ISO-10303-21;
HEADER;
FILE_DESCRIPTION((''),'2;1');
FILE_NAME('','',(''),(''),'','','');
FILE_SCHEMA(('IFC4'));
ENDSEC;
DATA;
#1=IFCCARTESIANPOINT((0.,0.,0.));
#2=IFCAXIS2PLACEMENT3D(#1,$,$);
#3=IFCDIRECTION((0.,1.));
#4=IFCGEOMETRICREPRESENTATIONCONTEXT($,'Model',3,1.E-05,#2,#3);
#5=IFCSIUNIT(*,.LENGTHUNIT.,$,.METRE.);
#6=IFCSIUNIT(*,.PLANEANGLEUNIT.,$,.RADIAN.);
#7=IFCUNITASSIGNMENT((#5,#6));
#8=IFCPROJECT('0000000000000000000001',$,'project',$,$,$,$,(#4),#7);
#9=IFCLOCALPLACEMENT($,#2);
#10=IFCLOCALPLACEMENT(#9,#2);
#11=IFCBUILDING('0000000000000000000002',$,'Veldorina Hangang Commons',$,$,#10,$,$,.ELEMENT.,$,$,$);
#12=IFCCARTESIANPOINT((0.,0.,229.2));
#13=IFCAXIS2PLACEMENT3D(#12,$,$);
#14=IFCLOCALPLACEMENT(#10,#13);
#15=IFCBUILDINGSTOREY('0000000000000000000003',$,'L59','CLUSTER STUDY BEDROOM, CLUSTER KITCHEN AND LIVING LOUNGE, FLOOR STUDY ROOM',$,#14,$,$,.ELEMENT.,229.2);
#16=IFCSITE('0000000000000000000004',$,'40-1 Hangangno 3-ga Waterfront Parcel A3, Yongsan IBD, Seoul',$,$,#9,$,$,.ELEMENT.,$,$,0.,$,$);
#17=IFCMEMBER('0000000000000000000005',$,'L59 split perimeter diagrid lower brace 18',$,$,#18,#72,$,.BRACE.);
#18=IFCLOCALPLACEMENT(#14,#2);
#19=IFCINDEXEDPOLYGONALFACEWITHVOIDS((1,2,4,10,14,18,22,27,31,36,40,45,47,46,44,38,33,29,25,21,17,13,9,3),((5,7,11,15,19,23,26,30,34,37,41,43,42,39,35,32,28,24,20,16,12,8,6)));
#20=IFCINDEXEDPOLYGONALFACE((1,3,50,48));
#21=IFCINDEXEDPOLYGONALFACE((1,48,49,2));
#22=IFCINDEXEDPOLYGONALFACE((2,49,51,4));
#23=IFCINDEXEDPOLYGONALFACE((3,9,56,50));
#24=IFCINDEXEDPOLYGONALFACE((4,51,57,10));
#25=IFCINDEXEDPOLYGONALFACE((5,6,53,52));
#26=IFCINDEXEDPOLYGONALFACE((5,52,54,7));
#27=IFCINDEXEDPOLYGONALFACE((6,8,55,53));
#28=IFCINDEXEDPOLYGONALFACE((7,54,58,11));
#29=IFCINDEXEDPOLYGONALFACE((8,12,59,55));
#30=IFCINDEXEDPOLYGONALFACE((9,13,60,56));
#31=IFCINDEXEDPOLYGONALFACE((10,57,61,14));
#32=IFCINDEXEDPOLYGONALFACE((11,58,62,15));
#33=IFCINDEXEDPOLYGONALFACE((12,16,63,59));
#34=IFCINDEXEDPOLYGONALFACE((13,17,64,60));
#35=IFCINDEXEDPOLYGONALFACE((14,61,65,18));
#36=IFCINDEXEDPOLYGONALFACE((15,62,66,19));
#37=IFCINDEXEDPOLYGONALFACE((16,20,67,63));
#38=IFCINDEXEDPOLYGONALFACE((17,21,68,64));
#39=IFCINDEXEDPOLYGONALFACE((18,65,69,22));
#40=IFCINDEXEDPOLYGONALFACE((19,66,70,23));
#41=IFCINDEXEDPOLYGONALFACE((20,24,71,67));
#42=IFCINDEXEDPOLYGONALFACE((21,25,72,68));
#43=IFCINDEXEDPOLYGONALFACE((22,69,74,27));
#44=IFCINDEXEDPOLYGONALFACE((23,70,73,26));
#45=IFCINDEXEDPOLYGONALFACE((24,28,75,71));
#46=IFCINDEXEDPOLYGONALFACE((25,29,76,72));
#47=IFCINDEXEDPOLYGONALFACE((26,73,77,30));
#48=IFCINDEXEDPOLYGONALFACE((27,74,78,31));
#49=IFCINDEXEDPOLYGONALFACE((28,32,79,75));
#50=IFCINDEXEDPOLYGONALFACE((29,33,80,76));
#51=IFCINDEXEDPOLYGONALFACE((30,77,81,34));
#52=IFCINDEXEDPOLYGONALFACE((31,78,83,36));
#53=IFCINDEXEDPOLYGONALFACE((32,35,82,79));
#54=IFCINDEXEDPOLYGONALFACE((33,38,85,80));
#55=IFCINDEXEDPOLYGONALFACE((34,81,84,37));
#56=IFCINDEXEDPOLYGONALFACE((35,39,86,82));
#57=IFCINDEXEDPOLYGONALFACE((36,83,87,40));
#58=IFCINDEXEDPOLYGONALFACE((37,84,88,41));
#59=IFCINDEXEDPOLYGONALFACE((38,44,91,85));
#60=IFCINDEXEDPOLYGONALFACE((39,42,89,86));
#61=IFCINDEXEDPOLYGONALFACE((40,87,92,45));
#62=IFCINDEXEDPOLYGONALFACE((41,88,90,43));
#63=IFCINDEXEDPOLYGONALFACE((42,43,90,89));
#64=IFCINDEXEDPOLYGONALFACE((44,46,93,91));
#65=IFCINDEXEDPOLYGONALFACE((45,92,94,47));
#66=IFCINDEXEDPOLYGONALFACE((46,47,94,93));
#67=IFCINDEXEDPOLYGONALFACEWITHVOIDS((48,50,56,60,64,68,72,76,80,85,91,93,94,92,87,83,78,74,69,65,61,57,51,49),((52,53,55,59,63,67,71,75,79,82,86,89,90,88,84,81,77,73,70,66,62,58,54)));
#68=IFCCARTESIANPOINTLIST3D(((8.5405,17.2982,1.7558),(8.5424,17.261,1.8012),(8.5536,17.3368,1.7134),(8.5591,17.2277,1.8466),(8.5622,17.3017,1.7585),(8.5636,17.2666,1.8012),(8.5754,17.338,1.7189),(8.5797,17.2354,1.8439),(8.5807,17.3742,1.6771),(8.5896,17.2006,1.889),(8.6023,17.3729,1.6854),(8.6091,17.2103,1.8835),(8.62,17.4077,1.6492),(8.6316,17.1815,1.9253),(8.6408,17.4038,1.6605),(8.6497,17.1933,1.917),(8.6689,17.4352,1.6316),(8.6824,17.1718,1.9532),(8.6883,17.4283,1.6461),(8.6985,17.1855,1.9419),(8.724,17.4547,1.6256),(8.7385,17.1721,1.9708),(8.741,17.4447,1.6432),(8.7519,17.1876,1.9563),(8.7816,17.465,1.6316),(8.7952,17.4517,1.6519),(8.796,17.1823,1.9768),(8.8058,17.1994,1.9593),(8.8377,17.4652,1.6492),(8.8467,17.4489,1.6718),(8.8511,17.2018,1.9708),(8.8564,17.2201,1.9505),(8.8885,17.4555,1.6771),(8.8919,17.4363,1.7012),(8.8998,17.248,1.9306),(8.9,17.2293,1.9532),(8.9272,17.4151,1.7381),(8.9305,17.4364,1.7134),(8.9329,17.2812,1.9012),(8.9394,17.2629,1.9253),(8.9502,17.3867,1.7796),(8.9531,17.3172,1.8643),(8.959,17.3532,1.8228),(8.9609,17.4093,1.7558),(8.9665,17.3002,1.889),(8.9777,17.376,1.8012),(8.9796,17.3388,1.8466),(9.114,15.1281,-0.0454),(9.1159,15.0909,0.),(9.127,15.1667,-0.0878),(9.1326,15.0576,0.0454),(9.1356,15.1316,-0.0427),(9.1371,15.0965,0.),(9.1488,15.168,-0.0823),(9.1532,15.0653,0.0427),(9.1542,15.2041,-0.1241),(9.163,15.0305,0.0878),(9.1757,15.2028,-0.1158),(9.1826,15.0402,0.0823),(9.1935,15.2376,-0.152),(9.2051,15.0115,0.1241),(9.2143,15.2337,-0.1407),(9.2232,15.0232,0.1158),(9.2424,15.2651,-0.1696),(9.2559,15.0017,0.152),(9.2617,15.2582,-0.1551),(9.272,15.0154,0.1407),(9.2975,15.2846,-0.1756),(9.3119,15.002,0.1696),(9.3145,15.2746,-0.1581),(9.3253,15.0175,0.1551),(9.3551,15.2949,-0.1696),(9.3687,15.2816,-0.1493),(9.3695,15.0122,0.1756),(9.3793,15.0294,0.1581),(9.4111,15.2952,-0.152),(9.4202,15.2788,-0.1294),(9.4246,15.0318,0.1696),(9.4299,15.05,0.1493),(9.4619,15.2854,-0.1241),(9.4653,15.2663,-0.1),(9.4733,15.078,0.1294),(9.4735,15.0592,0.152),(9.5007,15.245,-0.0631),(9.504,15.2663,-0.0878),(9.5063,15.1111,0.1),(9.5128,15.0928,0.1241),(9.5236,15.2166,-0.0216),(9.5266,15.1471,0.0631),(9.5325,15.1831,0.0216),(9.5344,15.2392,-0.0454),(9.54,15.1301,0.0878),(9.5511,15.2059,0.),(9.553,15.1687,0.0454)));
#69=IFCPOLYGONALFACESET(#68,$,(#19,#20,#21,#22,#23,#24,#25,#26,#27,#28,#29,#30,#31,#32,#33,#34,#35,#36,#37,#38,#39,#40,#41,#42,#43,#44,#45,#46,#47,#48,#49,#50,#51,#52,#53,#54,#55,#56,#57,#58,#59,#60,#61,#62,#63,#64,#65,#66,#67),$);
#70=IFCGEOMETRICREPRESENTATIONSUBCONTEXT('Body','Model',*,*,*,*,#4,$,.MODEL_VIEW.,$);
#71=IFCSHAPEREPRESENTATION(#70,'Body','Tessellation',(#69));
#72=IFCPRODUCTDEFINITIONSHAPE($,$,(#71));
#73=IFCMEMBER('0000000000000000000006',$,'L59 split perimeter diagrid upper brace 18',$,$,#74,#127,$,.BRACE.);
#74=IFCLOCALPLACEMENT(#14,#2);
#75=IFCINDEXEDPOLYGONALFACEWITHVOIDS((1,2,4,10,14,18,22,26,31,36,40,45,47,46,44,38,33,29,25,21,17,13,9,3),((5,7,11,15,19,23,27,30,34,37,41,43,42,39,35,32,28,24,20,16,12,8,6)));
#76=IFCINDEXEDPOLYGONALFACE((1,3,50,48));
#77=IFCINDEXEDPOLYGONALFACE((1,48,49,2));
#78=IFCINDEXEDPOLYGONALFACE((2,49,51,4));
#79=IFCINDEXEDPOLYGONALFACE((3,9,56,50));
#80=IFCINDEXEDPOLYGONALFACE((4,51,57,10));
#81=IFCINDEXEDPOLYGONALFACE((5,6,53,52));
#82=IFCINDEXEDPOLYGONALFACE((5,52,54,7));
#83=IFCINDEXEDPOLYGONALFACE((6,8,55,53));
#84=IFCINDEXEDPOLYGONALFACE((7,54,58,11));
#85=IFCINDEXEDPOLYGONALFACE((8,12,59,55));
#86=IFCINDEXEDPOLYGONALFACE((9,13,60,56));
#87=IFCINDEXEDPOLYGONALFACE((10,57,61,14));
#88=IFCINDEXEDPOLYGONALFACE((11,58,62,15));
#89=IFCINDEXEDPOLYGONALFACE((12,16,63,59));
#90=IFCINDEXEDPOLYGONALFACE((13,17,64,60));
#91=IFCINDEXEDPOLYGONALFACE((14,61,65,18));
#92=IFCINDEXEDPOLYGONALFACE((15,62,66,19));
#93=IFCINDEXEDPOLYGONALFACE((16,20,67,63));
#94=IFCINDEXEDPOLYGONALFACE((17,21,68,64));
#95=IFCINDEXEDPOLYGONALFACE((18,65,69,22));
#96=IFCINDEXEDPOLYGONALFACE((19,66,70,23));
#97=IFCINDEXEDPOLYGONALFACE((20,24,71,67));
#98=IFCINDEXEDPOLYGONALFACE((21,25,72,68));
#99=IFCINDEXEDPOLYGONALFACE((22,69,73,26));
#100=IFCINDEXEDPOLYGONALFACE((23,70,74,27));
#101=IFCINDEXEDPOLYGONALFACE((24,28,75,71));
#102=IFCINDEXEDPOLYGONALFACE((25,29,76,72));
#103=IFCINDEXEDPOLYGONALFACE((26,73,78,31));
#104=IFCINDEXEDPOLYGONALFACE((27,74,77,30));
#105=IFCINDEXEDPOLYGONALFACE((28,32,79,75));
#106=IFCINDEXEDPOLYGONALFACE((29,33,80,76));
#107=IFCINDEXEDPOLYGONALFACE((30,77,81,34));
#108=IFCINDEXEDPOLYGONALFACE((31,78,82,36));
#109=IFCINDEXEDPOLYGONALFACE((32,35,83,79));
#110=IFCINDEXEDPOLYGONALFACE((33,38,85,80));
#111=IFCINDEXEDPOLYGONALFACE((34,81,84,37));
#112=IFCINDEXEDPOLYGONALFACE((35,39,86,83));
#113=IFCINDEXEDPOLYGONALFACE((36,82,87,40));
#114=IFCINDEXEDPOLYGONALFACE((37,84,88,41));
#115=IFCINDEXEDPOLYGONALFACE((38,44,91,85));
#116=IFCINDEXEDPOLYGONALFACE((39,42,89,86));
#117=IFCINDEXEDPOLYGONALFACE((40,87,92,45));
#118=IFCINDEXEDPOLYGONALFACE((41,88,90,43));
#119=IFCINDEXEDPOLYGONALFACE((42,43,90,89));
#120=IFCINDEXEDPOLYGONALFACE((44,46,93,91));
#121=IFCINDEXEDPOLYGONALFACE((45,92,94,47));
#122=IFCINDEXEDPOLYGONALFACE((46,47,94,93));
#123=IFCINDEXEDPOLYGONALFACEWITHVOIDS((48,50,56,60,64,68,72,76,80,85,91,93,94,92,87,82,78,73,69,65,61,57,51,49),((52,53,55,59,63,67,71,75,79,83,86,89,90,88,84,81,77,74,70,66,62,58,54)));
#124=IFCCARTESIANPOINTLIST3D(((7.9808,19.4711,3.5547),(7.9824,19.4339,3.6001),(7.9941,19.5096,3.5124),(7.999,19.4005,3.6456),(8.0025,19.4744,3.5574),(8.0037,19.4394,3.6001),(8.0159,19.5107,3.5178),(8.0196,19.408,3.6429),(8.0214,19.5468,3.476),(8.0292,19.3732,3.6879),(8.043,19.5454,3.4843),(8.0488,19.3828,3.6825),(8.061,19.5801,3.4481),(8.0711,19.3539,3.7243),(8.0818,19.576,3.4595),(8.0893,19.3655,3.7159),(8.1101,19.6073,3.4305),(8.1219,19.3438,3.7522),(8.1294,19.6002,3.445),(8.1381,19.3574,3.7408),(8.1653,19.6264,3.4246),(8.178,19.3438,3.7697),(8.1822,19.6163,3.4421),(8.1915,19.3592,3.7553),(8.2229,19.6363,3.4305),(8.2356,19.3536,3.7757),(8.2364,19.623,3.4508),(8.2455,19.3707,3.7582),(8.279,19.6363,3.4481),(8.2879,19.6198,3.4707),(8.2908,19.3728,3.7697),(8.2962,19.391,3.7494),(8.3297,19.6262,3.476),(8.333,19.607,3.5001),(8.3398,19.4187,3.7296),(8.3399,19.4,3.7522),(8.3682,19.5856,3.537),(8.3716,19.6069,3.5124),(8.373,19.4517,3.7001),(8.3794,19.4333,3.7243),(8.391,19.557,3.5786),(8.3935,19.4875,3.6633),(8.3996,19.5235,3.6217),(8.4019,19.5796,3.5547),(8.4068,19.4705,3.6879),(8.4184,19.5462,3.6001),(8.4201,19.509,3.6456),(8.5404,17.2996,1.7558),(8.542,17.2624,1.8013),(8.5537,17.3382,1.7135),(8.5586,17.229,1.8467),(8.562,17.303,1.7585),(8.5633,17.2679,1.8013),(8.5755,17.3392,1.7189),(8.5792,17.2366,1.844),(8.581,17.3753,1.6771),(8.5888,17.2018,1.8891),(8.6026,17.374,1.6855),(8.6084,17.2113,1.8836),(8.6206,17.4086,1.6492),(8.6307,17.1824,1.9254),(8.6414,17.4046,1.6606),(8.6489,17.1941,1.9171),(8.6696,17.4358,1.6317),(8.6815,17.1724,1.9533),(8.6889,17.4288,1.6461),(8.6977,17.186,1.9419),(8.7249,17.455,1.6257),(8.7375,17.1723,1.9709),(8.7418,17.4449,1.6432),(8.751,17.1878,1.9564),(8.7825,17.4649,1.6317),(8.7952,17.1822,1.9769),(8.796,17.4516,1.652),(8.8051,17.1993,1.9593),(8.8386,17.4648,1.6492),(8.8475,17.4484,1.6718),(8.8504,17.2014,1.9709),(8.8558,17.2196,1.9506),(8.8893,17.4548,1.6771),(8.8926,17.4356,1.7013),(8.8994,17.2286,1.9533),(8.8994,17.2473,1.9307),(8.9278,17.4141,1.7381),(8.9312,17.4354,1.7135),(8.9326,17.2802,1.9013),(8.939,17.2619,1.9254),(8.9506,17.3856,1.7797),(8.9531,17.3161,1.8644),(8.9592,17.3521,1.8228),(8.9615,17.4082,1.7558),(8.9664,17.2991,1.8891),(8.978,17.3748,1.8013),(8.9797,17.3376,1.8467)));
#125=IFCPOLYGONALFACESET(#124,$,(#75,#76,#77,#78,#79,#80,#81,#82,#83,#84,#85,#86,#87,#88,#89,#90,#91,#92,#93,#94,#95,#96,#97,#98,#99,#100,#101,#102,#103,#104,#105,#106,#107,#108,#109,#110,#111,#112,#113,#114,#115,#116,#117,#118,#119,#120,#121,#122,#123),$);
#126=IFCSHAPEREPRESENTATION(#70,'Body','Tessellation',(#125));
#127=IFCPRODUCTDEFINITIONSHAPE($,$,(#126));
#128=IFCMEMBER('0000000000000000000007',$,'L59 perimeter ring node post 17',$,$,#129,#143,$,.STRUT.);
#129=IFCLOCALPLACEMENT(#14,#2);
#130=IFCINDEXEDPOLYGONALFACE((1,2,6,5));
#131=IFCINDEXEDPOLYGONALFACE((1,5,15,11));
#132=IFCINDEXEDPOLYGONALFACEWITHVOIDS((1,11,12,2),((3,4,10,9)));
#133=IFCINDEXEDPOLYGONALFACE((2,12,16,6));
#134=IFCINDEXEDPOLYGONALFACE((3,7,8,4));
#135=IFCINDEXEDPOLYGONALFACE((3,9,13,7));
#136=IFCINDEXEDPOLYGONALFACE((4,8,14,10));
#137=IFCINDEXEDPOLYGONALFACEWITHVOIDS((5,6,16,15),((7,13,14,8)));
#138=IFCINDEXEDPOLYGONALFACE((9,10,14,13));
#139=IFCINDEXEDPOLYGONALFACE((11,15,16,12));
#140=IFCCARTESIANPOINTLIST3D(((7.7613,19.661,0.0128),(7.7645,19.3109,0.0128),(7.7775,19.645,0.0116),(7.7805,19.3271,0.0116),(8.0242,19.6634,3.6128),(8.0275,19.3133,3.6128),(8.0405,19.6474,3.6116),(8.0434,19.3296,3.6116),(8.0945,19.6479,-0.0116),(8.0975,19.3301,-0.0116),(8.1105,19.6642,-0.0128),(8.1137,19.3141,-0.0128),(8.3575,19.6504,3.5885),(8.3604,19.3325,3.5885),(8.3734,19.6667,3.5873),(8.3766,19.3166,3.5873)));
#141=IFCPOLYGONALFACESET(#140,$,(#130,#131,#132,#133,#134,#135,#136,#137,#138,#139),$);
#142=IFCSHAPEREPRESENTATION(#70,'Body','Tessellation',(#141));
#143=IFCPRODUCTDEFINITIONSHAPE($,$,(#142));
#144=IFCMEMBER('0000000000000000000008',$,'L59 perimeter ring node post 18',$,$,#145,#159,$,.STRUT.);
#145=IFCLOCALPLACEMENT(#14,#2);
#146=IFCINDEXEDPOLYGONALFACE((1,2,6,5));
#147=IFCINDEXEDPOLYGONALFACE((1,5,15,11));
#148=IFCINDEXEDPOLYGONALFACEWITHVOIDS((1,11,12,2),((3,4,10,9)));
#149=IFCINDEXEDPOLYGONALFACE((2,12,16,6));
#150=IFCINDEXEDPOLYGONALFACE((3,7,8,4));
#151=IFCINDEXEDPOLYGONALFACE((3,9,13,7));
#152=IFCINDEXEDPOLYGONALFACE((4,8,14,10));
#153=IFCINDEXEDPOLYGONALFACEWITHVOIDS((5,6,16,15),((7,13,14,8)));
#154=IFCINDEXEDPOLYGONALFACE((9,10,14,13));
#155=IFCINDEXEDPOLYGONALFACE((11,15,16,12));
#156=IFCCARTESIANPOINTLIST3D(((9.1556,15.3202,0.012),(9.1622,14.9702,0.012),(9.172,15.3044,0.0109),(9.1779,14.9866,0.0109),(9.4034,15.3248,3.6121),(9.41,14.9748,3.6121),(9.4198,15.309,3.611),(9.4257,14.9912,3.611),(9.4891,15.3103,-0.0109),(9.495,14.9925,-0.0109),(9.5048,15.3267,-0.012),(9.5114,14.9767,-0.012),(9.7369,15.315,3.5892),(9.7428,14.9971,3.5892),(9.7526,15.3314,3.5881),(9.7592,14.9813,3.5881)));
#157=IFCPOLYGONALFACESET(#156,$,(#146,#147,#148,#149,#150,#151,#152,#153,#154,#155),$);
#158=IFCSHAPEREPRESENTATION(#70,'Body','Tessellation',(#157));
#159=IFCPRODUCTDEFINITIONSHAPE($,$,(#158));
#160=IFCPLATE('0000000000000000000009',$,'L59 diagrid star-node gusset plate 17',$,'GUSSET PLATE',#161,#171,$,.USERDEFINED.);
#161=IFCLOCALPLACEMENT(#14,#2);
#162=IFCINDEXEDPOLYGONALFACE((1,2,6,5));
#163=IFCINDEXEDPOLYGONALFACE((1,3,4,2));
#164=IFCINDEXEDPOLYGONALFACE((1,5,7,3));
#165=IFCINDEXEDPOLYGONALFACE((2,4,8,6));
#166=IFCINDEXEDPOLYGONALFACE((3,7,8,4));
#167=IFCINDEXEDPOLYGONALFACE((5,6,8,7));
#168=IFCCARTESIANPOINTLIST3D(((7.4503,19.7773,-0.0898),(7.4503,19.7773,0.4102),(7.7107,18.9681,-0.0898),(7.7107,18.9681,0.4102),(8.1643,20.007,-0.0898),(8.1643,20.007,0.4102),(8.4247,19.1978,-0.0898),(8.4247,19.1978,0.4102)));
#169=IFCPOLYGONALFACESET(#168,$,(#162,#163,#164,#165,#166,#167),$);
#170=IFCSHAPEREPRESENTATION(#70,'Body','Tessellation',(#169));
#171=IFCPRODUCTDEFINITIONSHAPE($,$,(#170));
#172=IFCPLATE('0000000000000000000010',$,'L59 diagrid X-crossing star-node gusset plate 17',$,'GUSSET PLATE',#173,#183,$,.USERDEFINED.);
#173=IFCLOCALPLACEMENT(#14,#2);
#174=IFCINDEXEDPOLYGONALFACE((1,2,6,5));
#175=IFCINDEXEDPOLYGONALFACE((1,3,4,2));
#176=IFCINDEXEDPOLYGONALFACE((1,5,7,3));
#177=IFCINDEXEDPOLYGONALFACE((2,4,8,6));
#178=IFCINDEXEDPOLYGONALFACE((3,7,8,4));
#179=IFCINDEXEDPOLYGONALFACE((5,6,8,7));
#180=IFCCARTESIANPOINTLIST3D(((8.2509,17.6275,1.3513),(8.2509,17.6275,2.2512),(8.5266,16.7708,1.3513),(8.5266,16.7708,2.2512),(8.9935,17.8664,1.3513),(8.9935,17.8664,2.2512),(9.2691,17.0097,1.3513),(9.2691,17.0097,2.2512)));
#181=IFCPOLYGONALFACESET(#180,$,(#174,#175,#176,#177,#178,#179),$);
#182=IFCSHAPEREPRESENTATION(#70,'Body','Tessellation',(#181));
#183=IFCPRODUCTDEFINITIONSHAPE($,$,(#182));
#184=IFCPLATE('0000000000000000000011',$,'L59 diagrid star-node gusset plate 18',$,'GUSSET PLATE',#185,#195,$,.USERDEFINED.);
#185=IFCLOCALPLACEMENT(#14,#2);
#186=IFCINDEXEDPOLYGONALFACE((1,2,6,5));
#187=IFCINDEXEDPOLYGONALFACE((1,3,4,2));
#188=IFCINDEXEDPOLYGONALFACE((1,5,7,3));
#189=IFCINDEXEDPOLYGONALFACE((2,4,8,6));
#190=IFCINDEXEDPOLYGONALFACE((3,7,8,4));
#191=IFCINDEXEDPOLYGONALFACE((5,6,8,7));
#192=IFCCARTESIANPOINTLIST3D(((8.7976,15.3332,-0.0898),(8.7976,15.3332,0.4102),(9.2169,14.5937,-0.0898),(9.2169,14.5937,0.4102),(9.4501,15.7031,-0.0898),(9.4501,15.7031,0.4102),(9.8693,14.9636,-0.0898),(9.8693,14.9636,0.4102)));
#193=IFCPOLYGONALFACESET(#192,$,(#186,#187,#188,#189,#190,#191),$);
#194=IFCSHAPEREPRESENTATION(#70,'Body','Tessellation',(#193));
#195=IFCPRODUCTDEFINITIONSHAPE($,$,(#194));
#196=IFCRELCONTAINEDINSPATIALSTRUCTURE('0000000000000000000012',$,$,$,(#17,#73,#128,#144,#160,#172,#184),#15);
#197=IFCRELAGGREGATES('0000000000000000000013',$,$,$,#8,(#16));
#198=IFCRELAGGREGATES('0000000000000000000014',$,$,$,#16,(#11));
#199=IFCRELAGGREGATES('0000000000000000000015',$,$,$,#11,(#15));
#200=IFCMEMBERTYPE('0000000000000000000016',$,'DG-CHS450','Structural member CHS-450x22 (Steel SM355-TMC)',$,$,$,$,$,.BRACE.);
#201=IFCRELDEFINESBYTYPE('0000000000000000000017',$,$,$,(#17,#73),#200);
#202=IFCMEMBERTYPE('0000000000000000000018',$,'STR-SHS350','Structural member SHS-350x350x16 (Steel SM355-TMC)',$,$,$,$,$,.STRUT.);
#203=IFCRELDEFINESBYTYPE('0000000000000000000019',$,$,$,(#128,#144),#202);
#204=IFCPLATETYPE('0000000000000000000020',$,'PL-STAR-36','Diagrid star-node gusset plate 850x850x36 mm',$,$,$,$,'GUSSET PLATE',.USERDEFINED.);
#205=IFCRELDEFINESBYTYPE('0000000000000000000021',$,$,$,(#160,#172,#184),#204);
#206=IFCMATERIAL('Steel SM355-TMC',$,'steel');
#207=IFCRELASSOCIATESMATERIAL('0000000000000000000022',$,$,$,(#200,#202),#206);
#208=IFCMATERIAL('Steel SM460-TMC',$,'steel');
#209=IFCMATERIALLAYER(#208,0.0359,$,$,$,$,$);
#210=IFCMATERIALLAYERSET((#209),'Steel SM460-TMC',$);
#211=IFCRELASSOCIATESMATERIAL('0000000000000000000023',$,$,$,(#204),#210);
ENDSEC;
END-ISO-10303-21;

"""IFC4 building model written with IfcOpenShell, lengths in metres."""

from ifc_helpers import new_model, si_unit, direction, frame, origin, origin_2d, place, context, subcontext, project, spatial, rectangle, hollow_rectangle, hollow_circle, extrude, material, layer, layer_set, material_profile, profile_set, type_object, element, save


model = new_model("IFC4")

# Units and contexts
model_context = context("Model", 3, precision=1e-05, world=origin(), true_north=direction((0.0, 1.0)))
body_context = subcontext(model_context, "Body", "Model", "MODEL_VIEW")
ifc_project = project(units=[si_unit("LENGTHUNIT", "METRE"), si_unit("PLANEANGLEUNIT", "RADIAN")], contexts=[model_context])

# Site, building, storey
site_placement = place(None, origin())
site = spatial("IfcSite", under=ifc_project, at=site_placement, Name="40-1 Hangangno 3-ga Waterfront Parcel A3, Yongsan IBD, Seoul", CompositionType="ELEMENT", RefElevation=0.0)
building_placement = place(site_placement, origin())
building = spatial("IfcBuilding", under=site, at=building_placement, Name="Veldorina Hangang Commons", CompositionType="ELEMENT")
storey_placement = place(building_placement, frame((0.0, 0.0, 229.2)))
storey = spatial("IfcBuildingStorey", under=building, at=storey_placement, Name="L59", Description="CLUSTER STUDY BEDROOM, CLUSTER KITCHEN AND LIVING LOUNGE, FLOOR STUDY ROOM", CompositionType="ELEMENT", Elevation=229.2)

# Shared definitions
ifc_material_1 = material(Name="Steel SM355-TMC", Category="steel")

# Members
ifc_material_profile_1 = material_profile(ifc_material_1, hollow_circle(Radius=0.2251, WallThickness=0.022, at=origin_2d()), Name="CHS-450x22")
ifc_profile_set_1 = profile_set([ifc_material_profile_1], Name="Steel SM355-TMC")
member_type_1 = type_object("IfcMemberType", Name="DG-CHS450", Description="Structural member CHS-450x22 (Steel SM355-TMC)", PredefinedType="BRACE", material=ifc_profile_set_1)
member_1_placement = place(storey_placement, frame((9.3335, 15.1484, 0.0), z_axis=(-0.199263, 0.754045, 0.625868), x_axis=(-0.966812, -0.255489, 0.0)))
element("IfcMember", 1, at=member_1_placement, inside=storey, type_object=member_type_1, Name="L59 split perimeter diagrid lower brace 18", PredefinedType="BRACE", context=body_context, shape_type="SweptSolid", body=[
    extrude(hollow_circle(Radius=0.2251, WallThickness=0.022, at=origin_2d()), origin(), (0.0, 0.0, 1.0), 2.8779),
])
member_2_placement = place(storey_placement, frame((8.76, 17.3186, 1.8013), z_axis=(-0.194654, 0.755347, 0.625748), x_axis=(-0.968362, -0.249549, 0.0)))
element("IfcMember", 2, at=member_2_placement, inside=storey, type_object=member_type_1, Name="L59 split perimeter diagrid upper brace 18", PredefinedType="BRACE", context=body_context, shape_type="SweptSolid", body=[
    extrude(hollow_circle(Radius=0.2251, WallThickness=0.022, at=origin_2d()), origin(), (0.0, 0.0, 1.0), 2.8748),
])
ifc_material_profile_2 = material_profile(ifc_material_1, hollow_rectangle(XDim=0.3501, YDim=0.3501, WallThickness=0.0161, at=origin_2d()), Name="SHS-350x350x16")
ifc_profile_set_2 = profile_set([ifc_material_profile_2], Name="Steel SM355-TMC")
member_type_2 = type_object("IfcMemberType", Name="STR-SHS350", Description="Structural member SHS-350x350x16 (Steel SM355-TMC)", PredefinedType="STRUT", material=ifc_profile_set_2)
member_3_placement = place(storey_placement, frame((7.9375, 19.4875, 0.0), z_axis=(0.072843, 0.000676, 0.997343), x_axis=(-0.009285, 0.999957, 0.0)))
element("IfcMember", 3, at=member_3_placement, inside=storey, type_object=member_type_2, Name="L59 perimeter ring node post 17", PredefinedType="STRUT", context=body_context, shape_type="SweptSolid", body=[
    extrude(hollow_rectangle(XDim=0.3501, YDim=0.3501, WallThickness=0.0161, at=origin_2d()), origin(), (0.0, 0.0, 1.0), 3.6096),
])
member_4_placement = place(storey_placement, frame((9.3335, 15.1484, 0.0), z_axis=(0.06867, 0.001285, 0.997639), x_axis=(-0.018716, 0.999825, 0.0)))
element("IfcMember", 4, at=member_4_placement, inside=storey, type_object=member_type_2, Name="L59 perimeter ring node post 18", PredefinedType="STRUT", context=body_context, shape_type="SweptSolid", body=[
    extrude(hollow_rectangle(XDim=0.3501, YDim=0.3501, WallThickness=0.0161, at=origin_2d()), origin(), (0.0, 0.0, 1.0), 3.6086),
])

# Plates
ifc_material_2 = material(Name="Steel SM460-TMC", Category="steel")
ifc_layer_1 = layer(ifc_material_2, 0.0359)
ifc_layer_set_1 = layer_set([ifc_layer_1], Name="Steel SM460-TMC")
plate_type = type_object("IfcPlateType", Name="PL-STAR-36", Description="Diagrid star-node gusset plate 850x850x36 mm", ElementType="GUSSET PLATE", PredefinedType="USERDEFINED", material=ifc_layer_set_1)
plate_1_placement = place(storey_placement, frame((7.9375, 19.4875, -0.0898), z_axis=(0.0, 0.0, 1.0), x_axis=(0.306293, -0.951937, 0.0)))
element("IfcPlate", 5, at=plate_1_placement, inside=storey, type_object=plate_type, Name="L59 diagrid star-node gusset plate 17", ObjectType="GUSSET PLATE", PredefinedType="USERDEFINED", context=body_context, shape_type="SweptSolid", body=[
    extrude(rectangle(XDim=0.8501, YDim=0.75, at=origin_2d()), origin(), (0.0, 0.0, 1.0), 0.5),
])
plate_2_placement = place(storey_placement, frame((8.76, 17.3186, 1.3513), z_axis=(0.0, 0.0, 1.0), x_axis=(0.306293, -0.951937, 0.0)))
element("IfcPlate", 6, at=plate_2_placement, inside=storey, type_object=plate_type, Name="L59 diagrid X-crossing star-node gusset plate 17", ObjectType="GUSSET PLATE", PredefinedType="USERDEFINED", context=body_context, shape_type="SweptSolid", body=[
    extrude(rectangle(XDim=0.8999, YDim=0.78, at=origin_2d()), origin(), (0.0, 0.0, 1.0), 0.8999),
])
plate_3_placement = place(storey_placement, frame((9.3335, 15.1484, -0.0898), z_axis=(0.0, 0.0, 1.0), x_axis=(0.493198, -0.869917, 0.0)))
element("IfcPlate", 7, at=plate_3_placement, inside=storey, type_object=plate_type, Name="L59 diagrid star-node gusset plate 18", ObjectType="GUSSET PLATE", PredefinedType="USERDEFINED", context=body_context, shape_type="SweptSolid", body=[
    extrude(rectangle(XDim=0.8501, YDim=0.75, at=origin_2d()), origin(), (0.0, 0.0, 1.0), 0.5),
])

save(model, "model.ifc")
